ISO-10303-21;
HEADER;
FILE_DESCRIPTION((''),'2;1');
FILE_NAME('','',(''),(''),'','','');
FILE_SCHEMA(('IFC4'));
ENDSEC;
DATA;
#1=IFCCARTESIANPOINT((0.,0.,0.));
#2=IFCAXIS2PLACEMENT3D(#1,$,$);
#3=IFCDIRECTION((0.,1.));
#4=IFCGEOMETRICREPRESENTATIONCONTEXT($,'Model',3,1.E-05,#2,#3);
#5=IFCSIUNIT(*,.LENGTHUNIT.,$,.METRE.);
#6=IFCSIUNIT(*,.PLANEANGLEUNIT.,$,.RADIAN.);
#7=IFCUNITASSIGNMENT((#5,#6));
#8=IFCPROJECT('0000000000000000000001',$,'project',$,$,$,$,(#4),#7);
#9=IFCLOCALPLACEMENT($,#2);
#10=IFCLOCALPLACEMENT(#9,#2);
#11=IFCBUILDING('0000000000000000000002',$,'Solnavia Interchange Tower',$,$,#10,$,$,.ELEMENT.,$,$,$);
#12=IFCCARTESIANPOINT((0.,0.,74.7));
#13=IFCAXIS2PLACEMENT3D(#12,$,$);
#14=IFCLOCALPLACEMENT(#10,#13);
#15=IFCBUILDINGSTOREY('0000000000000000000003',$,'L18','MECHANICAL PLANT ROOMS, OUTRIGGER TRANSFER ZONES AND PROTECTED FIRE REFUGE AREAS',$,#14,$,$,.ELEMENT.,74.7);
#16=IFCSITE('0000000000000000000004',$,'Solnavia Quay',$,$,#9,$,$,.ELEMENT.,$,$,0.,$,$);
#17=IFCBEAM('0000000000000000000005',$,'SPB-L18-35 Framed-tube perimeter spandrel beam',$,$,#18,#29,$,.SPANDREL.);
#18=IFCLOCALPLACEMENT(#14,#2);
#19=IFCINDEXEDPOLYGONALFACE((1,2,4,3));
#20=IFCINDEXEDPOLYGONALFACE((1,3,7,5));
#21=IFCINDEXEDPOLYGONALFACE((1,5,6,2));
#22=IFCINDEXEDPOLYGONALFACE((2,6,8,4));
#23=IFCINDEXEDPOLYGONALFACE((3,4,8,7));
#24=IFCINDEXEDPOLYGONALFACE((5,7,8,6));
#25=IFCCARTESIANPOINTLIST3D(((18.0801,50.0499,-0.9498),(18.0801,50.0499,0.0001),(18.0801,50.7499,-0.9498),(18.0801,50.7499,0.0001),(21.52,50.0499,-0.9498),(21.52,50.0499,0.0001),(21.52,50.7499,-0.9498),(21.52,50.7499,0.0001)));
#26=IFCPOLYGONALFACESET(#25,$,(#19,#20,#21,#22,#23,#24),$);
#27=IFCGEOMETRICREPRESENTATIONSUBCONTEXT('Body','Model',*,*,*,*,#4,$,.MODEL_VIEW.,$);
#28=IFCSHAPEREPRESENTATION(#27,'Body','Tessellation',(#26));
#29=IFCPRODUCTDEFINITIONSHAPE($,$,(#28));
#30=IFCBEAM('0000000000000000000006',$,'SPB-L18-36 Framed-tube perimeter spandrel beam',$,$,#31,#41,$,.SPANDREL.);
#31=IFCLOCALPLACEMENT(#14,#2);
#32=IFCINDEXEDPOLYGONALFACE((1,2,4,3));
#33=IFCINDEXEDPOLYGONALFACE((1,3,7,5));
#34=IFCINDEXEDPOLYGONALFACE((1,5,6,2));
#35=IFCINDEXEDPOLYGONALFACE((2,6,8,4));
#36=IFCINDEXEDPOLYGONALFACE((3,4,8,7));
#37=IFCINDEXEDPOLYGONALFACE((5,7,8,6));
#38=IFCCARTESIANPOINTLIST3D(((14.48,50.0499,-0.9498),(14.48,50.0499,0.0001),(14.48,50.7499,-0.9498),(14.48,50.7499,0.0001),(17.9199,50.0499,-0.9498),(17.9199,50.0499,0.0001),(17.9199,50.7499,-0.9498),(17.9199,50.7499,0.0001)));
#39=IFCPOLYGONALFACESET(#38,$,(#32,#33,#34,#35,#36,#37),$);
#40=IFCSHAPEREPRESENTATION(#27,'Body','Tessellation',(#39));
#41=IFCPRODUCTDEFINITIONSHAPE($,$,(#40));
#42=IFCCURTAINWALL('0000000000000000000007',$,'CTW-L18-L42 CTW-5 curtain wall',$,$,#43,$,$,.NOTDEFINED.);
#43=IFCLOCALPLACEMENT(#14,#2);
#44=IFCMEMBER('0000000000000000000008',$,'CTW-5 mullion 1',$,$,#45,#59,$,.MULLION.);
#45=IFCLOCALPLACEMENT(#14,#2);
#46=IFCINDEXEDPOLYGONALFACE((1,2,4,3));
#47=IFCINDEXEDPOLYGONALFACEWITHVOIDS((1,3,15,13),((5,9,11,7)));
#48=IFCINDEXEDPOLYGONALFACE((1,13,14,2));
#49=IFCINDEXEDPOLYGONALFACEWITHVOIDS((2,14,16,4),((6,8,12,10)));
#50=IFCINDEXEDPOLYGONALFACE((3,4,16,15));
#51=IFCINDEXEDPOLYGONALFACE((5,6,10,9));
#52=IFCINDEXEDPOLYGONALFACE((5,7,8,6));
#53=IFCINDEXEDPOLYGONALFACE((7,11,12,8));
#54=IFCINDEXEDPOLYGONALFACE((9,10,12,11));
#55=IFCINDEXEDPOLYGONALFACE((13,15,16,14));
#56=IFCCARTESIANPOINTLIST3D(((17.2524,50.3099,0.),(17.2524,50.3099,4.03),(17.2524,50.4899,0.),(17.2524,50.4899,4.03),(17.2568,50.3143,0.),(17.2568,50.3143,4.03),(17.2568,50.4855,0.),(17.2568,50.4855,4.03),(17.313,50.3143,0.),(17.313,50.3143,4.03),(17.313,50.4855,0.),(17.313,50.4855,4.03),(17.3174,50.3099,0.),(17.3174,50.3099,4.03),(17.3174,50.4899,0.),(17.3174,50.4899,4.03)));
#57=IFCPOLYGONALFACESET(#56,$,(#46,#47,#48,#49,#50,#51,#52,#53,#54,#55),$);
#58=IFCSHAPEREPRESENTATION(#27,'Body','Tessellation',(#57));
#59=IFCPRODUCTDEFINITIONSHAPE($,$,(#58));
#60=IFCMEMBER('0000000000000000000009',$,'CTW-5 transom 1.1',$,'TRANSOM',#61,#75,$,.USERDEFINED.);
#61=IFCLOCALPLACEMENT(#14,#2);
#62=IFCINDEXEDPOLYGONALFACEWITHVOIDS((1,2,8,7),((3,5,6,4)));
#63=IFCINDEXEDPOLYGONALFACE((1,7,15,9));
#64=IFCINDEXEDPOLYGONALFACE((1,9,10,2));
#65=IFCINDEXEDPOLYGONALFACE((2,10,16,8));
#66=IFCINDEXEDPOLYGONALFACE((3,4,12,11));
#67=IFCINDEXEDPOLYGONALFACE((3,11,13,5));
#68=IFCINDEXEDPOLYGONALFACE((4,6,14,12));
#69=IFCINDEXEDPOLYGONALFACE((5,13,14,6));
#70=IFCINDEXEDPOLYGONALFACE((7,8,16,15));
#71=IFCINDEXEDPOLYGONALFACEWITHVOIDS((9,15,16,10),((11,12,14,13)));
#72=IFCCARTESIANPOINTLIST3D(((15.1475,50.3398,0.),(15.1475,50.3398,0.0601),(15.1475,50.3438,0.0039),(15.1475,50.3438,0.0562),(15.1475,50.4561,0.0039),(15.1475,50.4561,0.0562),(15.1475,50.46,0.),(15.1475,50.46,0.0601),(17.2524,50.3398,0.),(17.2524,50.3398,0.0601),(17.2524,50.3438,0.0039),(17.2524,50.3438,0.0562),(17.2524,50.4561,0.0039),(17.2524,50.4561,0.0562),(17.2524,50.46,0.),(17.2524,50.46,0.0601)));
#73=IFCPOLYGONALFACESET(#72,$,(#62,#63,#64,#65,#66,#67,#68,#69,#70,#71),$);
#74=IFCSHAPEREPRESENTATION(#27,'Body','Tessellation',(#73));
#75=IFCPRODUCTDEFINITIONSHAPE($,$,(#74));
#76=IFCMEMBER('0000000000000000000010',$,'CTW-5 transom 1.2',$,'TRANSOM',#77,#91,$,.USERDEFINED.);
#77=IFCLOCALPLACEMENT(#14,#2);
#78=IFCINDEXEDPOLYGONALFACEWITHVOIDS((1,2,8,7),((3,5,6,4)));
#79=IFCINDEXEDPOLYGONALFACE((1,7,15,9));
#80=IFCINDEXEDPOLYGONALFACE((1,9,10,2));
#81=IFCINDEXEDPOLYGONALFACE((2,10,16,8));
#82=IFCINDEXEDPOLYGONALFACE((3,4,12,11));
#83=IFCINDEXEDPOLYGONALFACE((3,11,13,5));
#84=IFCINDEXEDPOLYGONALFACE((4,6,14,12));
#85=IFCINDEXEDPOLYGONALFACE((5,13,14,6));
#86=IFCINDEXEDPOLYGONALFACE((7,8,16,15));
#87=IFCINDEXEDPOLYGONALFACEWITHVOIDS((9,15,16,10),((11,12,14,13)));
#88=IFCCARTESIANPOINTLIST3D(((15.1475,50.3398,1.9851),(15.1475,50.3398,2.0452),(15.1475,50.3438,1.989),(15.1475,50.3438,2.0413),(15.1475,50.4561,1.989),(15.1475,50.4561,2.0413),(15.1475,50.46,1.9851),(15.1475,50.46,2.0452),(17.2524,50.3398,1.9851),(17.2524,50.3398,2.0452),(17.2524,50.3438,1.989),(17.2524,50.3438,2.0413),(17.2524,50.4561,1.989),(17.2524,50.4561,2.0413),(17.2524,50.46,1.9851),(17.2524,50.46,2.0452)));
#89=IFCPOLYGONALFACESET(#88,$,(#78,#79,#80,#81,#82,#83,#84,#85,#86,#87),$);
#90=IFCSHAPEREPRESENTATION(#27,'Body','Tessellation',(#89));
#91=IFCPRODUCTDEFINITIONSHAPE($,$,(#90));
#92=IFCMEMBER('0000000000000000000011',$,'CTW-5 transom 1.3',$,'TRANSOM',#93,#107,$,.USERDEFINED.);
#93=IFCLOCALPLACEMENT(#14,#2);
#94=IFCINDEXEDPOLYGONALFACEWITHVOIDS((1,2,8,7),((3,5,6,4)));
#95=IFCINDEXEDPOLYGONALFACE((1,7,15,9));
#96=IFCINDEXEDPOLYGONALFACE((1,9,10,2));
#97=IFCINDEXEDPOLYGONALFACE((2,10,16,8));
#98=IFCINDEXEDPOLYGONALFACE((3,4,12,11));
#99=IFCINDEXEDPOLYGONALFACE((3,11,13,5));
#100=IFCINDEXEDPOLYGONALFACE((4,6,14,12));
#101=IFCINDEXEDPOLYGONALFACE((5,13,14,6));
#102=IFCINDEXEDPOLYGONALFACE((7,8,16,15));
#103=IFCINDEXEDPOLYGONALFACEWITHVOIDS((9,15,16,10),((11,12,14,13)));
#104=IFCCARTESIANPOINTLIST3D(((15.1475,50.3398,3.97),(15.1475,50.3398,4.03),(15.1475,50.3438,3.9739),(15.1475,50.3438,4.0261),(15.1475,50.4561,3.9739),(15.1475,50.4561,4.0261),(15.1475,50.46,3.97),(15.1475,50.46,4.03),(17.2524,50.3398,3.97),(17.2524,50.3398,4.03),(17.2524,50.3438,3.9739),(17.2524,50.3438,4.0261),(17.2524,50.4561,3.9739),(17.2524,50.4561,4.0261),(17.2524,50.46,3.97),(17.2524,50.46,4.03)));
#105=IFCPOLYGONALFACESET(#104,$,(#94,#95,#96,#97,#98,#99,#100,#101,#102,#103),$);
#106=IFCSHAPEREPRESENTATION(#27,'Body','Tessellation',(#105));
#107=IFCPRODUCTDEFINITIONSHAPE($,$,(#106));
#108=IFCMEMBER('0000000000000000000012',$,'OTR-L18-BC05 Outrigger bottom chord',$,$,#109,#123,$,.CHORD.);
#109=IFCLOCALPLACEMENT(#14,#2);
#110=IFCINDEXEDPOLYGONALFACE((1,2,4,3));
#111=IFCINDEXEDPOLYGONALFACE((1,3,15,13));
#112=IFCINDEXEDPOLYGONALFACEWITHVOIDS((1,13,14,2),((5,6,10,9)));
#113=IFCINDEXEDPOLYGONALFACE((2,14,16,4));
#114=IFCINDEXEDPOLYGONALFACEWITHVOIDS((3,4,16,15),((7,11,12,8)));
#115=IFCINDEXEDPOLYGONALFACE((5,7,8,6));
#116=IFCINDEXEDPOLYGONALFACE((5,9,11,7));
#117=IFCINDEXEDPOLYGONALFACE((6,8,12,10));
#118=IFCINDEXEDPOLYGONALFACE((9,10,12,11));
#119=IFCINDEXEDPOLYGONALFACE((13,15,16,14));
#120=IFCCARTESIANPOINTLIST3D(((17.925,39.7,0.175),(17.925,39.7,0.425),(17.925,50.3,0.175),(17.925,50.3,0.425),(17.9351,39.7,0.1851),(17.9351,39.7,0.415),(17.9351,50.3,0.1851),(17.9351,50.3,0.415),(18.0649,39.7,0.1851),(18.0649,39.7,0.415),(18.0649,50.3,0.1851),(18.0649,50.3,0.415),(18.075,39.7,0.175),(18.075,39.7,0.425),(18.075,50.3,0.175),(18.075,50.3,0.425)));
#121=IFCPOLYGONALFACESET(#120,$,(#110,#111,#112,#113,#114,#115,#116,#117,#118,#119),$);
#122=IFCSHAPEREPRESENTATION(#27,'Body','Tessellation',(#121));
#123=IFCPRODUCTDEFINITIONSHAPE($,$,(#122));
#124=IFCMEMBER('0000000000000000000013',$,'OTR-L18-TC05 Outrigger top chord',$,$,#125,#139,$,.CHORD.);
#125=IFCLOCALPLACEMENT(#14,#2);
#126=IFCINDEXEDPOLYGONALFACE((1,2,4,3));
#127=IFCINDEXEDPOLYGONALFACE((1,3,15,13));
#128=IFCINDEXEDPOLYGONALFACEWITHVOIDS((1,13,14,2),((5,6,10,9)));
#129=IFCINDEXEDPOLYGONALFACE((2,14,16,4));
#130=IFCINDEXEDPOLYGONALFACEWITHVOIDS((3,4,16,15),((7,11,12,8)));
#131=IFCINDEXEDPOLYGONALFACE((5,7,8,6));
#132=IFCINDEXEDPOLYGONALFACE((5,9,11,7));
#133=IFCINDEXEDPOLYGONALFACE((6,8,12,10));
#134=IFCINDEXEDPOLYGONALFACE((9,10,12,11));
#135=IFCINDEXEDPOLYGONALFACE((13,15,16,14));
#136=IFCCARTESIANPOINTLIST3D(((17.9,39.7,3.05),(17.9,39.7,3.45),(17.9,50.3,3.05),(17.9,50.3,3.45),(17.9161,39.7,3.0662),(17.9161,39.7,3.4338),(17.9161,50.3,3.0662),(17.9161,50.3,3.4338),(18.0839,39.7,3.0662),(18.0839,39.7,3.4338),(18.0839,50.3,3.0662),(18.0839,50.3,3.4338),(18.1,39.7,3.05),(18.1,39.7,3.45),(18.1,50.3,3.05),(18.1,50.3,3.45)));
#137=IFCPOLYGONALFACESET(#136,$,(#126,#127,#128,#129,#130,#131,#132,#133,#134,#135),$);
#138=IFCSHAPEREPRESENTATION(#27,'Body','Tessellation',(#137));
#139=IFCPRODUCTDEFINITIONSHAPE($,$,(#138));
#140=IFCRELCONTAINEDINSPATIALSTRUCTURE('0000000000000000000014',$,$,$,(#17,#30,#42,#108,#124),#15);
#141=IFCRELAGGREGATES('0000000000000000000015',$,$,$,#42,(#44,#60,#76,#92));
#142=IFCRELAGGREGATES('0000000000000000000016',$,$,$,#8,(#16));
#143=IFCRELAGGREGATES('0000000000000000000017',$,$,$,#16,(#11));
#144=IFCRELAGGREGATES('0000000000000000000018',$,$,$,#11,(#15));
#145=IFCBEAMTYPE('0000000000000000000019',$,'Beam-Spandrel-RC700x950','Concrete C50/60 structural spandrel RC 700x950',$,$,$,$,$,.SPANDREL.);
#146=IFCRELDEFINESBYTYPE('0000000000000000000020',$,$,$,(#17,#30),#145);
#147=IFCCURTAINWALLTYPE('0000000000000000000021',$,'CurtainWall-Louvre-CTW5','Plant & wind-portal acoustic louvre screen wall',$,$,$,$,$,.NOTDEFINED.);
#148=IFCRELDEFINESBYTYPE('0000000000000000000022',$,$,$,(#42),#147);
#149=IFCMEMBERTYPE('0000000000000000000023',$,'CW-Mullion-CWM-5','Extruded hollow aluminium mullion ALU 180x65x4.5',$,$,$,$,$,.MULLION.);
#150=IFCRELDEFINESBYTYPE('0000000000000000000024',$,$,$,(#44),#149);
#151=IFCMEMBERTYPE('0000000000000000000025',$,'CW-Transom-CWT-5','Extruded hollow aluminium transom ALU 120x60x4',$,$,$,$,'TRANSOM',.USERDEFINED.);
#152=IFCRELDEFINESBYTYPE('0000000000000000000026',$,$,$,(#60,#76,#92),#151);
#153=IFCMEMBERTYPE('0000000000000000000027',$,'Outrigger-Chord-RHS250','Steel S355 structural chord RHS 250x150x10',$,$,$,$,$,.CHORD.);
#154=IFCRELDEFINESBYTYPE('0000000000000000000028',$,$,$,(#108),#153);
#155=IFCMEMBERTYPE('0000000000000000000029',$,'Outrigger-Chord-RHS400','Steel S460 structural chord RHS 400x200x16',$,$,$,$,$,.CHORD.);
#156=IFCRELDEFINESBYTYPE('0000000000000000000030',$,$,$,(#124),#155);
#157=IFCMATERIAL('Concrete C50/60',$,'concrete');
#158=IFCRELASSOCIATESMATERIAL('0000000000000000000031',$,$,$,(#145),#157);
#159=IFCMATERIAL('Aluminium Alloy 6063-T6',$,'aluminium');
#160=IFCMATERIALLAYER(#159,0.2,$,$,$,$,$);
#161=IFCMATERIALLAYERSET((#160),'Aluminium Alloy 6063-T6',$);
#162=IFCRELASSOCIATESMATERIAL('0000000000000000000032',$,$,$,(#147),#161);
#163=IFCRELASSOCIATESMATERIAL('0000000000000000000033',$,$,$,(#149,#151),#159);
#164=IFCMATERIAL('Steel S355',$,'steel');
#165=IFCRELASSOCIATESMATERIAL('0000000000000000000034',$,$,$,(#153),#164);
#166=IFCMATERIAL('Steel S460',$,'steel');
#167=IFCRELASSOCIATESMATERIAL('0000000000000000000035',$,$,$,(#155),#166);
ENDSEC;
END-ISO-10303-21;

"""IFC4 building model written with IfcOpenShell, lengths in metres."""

from ifc_helpers import new_model, si_unit, direction, frame, origin, origin_2d, place, context, subcontext, project, spatial, rectangle, hollow_rectangle, extrude, material, layer, layer_set, material_profile, profile_set, type_object, element, aggregate, save


model = new_model("IFC4")

# Units and contexts
model_context = context("Model", 3, precision=1e-05, world=origin(), true_north=direction((0.0, 1.0)))
body_context = subcontext(model_context, "Body", "Model", "MODEL_VIEW")
ifc_project = project(units=[si_unit("LENGTHUNIT", "METRE"), si_unit("PLANEANGLEUNIT", "RADIAN")], contexts=[model_context])

# Site, building, storey
site_placement = place(None, origin())
site = spatial("IfcSite", under=ifc_project, at=site_placement, Name="Solnavia Quay", CompositionType="ELEMENT", RefElevation=0.0)
building_placement = place(site_placement, origin())
building = spatial("IfcBuilding", under=site, at=building_placement, Name="Solnavia Interchange Tower", CompositionType="ELEMENT")
storey_placement = place(building_placement, frame((0.0, 0.0, 74.7)))
storey = spatial("IfcBuildingStorey", under=building, at=storey_placement, Name="L18", Description="MECHANICAL PLANT ROOMS, OUTRIGGER TRANSFER ZONES AND PROTECTED FIRE REFUGE AREAS", CompositionType="ELEMENT", Elevation=74.7)

# Beams
ifc_material_1 = material(Name="Steel S355", Category="steel")
ifc_material_2 = material(Name="Concrete C50/60", Category="concrete")
ifc_material_profile_1 = material_profile(ifc_material_2, rectangle(XDim=0.7, YDim=0.95, at=origin_2d()), Name="RC 700x950")
ifc_profile_set_1 = profile_set([ifc_material_profile_1], Name="Concrete C50/60")
beam_type_1 = type_object("IfcBeamType", Name="Beam-Spandrel-RC700x950", Description="Concrete C50/60 structural spandrel RC 700x950", PredefinedType="SPANDREL", material=ifc_profile_set_1)
for number, where, z_axis, x_axis, name in (
    (1, (21.52, 50.3999, -0.4749), (-1.0, 0.0, 0.0), (0.0, -1.0, 0.0), "SPB-L18-35 Framed-tube perimeter spandrel beam"),
    (2, (17.9199, 50.3999, -0.4749), (-1.0, 0.0, 0.0), (0.0, -1.0, 0.0), "SPB-L18-36 Framed-tube perimeter spandrel beam"),
):
    element("IfcBeam", number, at=place(storey_placement, frame(where, z_axis=z_axis, x_axis=x_axis)), inside=storey, type_object=beam_type_1, Name=name, PredefinedType="SPANDREL", context=body_context, shape_type="SweptSolid", body=[
        extrude(rectangle(XDim=0.7, YDim=0.95, at=origin_2d()), origin(), (0.0, 0.0, 1.0), 3.4399),
    ])

# Curtain wall, members
ifc_material_3 = material(Name="Aluminium Alloy 6063-T6", Category="aluminium")
ifc_layer_1 = layer(ifc_material_3, 0.2)
ifc_layer_set_1 = layer_set([ifc_layer_1], Name="Aluminium Alloy 6063-T6")
curtain_wall_type = type_object("IfcCurtainWallType", Name="CurtainWall-Louvre-CTW5", Description="Plant & wind-portal acoustic louvre screen wall", PredefinedType="NOTDEFINED", material=ifc_layer_set_1)
curtain_wall_placement = place(storey_placement, origin())
curtain_wall = element("IfcCurtainWall", 3, at=curtain_wall_placement, inside=storey, type_object=curtain_wall_type, Name="CTW-L18-L42 CTW-5 curtain wall", PredefinedType="NOTDEFINED")
ifc_material_profile_2 = material_profile(ifc_material_3, hollow_rectangle(XDim=0.0649, YDim=0.1799, WallThickness=0.0044, at=origin_2d()), Name="ALU 180x65x4.5")
ifc_profile_set_2 = profile_set([ifc_material_profile_2], Name="Aluminium Alloy 6063-T6")
member_type_1 = type_object("IfcMemberType", Name="CW-Mullion-CWM-5", Description="Extruded hollow aluminium mullion ALU 180x65x4.5", PredefinedType="MULLION", material=ifc_profile_set_2)
member_1_placement = place(storey_placement, frame((17.2849, 50.3999, 0.0), z_axis=(0.0, 0.0, 1.0), x_axis=(-1.0, 0.0, 0.0)))
member_1 = element("IfcMember", 4, at=member_1_placement, type_object=member_type_1, Name="CTW-5 mullion 1", PredefinedType="MULLION", context=body_context, shape_type="SweptSolid", body=[
    extrude(hollow_rectangle(XDim=0.0649, YDim=0.1799, WallThickness=0.0044, at=origin_2d()), origin(), (0.0, 0.0, 1.0), 4.03),
])
ifc_material_profile_3 = material_profile(ifc_material_3, hollow_rectangle(XDim=0.0601, YDim=0.1201, WallThickness=0.0039, at=origin_2d()), Name="ALU 120x60x4")
ifc_profile_set_3 = profile_set([ifc_material_profile_3], Name="Aluminium Alloy 6063-T6")
member_type_2 = type_object("IfcMemberType", Name="CW-Transom-CWT-5", Description="Extruded hollow aluminium transom ALU 120x60x4", ElementType="TRANSOM", PredefinedType="USERDEFINED", material=ifc_profile_set_3)
member_2_placement = place(storey_placement, frame((17.2524, 50.3999, 0.03), z_axis=(-1.0, 0.0, 0.0), x_axis=(0.0, 0.0, 1.0)))
member_2 = element("IfcMember", 5, at=member_2_placement, type_object=member_type_2, Name="CTW-5 transom 1.1", ObjectType="TRANSOM", PredefinedType="USERDEFINED", context=body_context, shape_type="SweptSolid", body=[
    extrude(hollow_rectangle(XDim=0.0601, YDim=0.1201, WallThickness=0.0039, at=origin_2d()), origin(), (0.0, 0.0, 1.0), 2.105),
])
member_3_placement = place(storey_placement, frame((17.2524, 50.3999, 2.0151), z_axis=(-1.0, 0.0, 0.0), x_axis=(0.0, 0.0, 1.0)))
member_3 = element("IfcMember", 6, at=member_3_placement, type_object=member_type_2, Name="CTW-5 transom 1.2", ObjectType="TRANSOM", PredefinedType="USERDEFINED", context=body_context, shape_type="SweptSolid", body=[
    extrude(hollow_rectangle(XDim=0.0601, YDim=0.1201, WallThickness=0.0039, at=origin_2d()), origin(), (0.0, 0.0, 1.0), 2.105),
])
member_4_placement = place(storey_placement, frame((17.2524, 50.3999, 4.0), z_axis=(-1.0, 0.0, 0.0), x_axis=(0.0, 0.0, 1.0)))
member_4 = element("IfcMember", 7, at=member_4_placement, type_object=member_type_2, Name="CTW-5 transom 1.3", ObjectType="TRANSOM", PredefinedType="USERDEFINED", context=body_context, shape_type="SweptSolid", body=[
    extrude(hollow_rectangle(XDim=0.0601, YDim=0.1201, WallThickness=0.0039, at=origin_2d()), origin(), (0.0, 0.0, 1.0), 2.105),
])
aggregate(curtain_wall, [member_1, member_2, member_3, member_4])

# Members
ifc_material_profile_4 = material_profile(ifc_material_1, hollow_rectangle(XDim=0.1499, YDim=0.25, WallThickness=0.01, at=origin_2d()), Name="RHS 250x150x10")
ifc_profile_set_4 = profile_set([ifc_material_profile_4], Name="Steel S355")
member_type_3 = type_object("IfcMemberType", Name="Outrigger-Chord-RHS250", Description="Steel S355 structural chord RHS 250x150x10", PredefinedType="CHORD", material=ifc_profile_set_4)
member_5_placement = place(storey_placement, frame((18.0, 39.7, 0.3), z_axis=(0.0, 1.0, 0.0), x_axis=(-1.0, 0.0, 0.0)))
element("IfcMember", 8, at=member_5_placement, inside=storey, type_object=member_type_3, Name="OTR-L18-BC05 Outrigger bottom chord", PredefinedType="CHORD", context=body_context, shape_type="SweptSolid", body=[
    extrude(hollow_rectangle(XDim=0.1499, YDim=0.25, WallThickness=0.01, at=origin_2d()), origin(), (0.0, 0.0, 1.0), 10.6001),
])
ifc_material_4 = material(Name="Steel S460", Category="steel")
ifc_material_profile_5 = material_profile(ifc_material_4, hollow_rectangle(XDim=0.2, YDim=0.3999, WallThickness=0.0161, at=origin_2d()), Name="RHS 400x200x16")
ifc_profile_set_5 = profile_set([ifc_material_profile_5], Name="Steel S460")
member_type_4 = type_object("IfcMemberType", Name="Outrigger-Chord-RHS400", Description="Steel S460 structural chord RHS 400x200x16", PredefinedType="CHORD", material=ifc_profile_set_5)
member_6_placement = place(storey_placement, frame((18.0, 39.7, 3.25), z_axis=(0.0, 1.0, 0.0), x_axis=(-1.0, 0.0, 0.0)))
element("IfcMember", 9, at=member_6_placement, inside=storey, type_object=member_type_4, Name="OTR-L18-TC05 Outrigger top chord", PredefinedType="CHORD", context=body_context, shape_type="SweptSolid", body=[
    extrude(hollow_rectangle(XDim=0.2, YDim=0.3999, WallThickness=0.0161, at=origin_2d()), origin(), (0.0, 0.0, 1.0), 10.6001),
])

save(model, "model.ifc")
